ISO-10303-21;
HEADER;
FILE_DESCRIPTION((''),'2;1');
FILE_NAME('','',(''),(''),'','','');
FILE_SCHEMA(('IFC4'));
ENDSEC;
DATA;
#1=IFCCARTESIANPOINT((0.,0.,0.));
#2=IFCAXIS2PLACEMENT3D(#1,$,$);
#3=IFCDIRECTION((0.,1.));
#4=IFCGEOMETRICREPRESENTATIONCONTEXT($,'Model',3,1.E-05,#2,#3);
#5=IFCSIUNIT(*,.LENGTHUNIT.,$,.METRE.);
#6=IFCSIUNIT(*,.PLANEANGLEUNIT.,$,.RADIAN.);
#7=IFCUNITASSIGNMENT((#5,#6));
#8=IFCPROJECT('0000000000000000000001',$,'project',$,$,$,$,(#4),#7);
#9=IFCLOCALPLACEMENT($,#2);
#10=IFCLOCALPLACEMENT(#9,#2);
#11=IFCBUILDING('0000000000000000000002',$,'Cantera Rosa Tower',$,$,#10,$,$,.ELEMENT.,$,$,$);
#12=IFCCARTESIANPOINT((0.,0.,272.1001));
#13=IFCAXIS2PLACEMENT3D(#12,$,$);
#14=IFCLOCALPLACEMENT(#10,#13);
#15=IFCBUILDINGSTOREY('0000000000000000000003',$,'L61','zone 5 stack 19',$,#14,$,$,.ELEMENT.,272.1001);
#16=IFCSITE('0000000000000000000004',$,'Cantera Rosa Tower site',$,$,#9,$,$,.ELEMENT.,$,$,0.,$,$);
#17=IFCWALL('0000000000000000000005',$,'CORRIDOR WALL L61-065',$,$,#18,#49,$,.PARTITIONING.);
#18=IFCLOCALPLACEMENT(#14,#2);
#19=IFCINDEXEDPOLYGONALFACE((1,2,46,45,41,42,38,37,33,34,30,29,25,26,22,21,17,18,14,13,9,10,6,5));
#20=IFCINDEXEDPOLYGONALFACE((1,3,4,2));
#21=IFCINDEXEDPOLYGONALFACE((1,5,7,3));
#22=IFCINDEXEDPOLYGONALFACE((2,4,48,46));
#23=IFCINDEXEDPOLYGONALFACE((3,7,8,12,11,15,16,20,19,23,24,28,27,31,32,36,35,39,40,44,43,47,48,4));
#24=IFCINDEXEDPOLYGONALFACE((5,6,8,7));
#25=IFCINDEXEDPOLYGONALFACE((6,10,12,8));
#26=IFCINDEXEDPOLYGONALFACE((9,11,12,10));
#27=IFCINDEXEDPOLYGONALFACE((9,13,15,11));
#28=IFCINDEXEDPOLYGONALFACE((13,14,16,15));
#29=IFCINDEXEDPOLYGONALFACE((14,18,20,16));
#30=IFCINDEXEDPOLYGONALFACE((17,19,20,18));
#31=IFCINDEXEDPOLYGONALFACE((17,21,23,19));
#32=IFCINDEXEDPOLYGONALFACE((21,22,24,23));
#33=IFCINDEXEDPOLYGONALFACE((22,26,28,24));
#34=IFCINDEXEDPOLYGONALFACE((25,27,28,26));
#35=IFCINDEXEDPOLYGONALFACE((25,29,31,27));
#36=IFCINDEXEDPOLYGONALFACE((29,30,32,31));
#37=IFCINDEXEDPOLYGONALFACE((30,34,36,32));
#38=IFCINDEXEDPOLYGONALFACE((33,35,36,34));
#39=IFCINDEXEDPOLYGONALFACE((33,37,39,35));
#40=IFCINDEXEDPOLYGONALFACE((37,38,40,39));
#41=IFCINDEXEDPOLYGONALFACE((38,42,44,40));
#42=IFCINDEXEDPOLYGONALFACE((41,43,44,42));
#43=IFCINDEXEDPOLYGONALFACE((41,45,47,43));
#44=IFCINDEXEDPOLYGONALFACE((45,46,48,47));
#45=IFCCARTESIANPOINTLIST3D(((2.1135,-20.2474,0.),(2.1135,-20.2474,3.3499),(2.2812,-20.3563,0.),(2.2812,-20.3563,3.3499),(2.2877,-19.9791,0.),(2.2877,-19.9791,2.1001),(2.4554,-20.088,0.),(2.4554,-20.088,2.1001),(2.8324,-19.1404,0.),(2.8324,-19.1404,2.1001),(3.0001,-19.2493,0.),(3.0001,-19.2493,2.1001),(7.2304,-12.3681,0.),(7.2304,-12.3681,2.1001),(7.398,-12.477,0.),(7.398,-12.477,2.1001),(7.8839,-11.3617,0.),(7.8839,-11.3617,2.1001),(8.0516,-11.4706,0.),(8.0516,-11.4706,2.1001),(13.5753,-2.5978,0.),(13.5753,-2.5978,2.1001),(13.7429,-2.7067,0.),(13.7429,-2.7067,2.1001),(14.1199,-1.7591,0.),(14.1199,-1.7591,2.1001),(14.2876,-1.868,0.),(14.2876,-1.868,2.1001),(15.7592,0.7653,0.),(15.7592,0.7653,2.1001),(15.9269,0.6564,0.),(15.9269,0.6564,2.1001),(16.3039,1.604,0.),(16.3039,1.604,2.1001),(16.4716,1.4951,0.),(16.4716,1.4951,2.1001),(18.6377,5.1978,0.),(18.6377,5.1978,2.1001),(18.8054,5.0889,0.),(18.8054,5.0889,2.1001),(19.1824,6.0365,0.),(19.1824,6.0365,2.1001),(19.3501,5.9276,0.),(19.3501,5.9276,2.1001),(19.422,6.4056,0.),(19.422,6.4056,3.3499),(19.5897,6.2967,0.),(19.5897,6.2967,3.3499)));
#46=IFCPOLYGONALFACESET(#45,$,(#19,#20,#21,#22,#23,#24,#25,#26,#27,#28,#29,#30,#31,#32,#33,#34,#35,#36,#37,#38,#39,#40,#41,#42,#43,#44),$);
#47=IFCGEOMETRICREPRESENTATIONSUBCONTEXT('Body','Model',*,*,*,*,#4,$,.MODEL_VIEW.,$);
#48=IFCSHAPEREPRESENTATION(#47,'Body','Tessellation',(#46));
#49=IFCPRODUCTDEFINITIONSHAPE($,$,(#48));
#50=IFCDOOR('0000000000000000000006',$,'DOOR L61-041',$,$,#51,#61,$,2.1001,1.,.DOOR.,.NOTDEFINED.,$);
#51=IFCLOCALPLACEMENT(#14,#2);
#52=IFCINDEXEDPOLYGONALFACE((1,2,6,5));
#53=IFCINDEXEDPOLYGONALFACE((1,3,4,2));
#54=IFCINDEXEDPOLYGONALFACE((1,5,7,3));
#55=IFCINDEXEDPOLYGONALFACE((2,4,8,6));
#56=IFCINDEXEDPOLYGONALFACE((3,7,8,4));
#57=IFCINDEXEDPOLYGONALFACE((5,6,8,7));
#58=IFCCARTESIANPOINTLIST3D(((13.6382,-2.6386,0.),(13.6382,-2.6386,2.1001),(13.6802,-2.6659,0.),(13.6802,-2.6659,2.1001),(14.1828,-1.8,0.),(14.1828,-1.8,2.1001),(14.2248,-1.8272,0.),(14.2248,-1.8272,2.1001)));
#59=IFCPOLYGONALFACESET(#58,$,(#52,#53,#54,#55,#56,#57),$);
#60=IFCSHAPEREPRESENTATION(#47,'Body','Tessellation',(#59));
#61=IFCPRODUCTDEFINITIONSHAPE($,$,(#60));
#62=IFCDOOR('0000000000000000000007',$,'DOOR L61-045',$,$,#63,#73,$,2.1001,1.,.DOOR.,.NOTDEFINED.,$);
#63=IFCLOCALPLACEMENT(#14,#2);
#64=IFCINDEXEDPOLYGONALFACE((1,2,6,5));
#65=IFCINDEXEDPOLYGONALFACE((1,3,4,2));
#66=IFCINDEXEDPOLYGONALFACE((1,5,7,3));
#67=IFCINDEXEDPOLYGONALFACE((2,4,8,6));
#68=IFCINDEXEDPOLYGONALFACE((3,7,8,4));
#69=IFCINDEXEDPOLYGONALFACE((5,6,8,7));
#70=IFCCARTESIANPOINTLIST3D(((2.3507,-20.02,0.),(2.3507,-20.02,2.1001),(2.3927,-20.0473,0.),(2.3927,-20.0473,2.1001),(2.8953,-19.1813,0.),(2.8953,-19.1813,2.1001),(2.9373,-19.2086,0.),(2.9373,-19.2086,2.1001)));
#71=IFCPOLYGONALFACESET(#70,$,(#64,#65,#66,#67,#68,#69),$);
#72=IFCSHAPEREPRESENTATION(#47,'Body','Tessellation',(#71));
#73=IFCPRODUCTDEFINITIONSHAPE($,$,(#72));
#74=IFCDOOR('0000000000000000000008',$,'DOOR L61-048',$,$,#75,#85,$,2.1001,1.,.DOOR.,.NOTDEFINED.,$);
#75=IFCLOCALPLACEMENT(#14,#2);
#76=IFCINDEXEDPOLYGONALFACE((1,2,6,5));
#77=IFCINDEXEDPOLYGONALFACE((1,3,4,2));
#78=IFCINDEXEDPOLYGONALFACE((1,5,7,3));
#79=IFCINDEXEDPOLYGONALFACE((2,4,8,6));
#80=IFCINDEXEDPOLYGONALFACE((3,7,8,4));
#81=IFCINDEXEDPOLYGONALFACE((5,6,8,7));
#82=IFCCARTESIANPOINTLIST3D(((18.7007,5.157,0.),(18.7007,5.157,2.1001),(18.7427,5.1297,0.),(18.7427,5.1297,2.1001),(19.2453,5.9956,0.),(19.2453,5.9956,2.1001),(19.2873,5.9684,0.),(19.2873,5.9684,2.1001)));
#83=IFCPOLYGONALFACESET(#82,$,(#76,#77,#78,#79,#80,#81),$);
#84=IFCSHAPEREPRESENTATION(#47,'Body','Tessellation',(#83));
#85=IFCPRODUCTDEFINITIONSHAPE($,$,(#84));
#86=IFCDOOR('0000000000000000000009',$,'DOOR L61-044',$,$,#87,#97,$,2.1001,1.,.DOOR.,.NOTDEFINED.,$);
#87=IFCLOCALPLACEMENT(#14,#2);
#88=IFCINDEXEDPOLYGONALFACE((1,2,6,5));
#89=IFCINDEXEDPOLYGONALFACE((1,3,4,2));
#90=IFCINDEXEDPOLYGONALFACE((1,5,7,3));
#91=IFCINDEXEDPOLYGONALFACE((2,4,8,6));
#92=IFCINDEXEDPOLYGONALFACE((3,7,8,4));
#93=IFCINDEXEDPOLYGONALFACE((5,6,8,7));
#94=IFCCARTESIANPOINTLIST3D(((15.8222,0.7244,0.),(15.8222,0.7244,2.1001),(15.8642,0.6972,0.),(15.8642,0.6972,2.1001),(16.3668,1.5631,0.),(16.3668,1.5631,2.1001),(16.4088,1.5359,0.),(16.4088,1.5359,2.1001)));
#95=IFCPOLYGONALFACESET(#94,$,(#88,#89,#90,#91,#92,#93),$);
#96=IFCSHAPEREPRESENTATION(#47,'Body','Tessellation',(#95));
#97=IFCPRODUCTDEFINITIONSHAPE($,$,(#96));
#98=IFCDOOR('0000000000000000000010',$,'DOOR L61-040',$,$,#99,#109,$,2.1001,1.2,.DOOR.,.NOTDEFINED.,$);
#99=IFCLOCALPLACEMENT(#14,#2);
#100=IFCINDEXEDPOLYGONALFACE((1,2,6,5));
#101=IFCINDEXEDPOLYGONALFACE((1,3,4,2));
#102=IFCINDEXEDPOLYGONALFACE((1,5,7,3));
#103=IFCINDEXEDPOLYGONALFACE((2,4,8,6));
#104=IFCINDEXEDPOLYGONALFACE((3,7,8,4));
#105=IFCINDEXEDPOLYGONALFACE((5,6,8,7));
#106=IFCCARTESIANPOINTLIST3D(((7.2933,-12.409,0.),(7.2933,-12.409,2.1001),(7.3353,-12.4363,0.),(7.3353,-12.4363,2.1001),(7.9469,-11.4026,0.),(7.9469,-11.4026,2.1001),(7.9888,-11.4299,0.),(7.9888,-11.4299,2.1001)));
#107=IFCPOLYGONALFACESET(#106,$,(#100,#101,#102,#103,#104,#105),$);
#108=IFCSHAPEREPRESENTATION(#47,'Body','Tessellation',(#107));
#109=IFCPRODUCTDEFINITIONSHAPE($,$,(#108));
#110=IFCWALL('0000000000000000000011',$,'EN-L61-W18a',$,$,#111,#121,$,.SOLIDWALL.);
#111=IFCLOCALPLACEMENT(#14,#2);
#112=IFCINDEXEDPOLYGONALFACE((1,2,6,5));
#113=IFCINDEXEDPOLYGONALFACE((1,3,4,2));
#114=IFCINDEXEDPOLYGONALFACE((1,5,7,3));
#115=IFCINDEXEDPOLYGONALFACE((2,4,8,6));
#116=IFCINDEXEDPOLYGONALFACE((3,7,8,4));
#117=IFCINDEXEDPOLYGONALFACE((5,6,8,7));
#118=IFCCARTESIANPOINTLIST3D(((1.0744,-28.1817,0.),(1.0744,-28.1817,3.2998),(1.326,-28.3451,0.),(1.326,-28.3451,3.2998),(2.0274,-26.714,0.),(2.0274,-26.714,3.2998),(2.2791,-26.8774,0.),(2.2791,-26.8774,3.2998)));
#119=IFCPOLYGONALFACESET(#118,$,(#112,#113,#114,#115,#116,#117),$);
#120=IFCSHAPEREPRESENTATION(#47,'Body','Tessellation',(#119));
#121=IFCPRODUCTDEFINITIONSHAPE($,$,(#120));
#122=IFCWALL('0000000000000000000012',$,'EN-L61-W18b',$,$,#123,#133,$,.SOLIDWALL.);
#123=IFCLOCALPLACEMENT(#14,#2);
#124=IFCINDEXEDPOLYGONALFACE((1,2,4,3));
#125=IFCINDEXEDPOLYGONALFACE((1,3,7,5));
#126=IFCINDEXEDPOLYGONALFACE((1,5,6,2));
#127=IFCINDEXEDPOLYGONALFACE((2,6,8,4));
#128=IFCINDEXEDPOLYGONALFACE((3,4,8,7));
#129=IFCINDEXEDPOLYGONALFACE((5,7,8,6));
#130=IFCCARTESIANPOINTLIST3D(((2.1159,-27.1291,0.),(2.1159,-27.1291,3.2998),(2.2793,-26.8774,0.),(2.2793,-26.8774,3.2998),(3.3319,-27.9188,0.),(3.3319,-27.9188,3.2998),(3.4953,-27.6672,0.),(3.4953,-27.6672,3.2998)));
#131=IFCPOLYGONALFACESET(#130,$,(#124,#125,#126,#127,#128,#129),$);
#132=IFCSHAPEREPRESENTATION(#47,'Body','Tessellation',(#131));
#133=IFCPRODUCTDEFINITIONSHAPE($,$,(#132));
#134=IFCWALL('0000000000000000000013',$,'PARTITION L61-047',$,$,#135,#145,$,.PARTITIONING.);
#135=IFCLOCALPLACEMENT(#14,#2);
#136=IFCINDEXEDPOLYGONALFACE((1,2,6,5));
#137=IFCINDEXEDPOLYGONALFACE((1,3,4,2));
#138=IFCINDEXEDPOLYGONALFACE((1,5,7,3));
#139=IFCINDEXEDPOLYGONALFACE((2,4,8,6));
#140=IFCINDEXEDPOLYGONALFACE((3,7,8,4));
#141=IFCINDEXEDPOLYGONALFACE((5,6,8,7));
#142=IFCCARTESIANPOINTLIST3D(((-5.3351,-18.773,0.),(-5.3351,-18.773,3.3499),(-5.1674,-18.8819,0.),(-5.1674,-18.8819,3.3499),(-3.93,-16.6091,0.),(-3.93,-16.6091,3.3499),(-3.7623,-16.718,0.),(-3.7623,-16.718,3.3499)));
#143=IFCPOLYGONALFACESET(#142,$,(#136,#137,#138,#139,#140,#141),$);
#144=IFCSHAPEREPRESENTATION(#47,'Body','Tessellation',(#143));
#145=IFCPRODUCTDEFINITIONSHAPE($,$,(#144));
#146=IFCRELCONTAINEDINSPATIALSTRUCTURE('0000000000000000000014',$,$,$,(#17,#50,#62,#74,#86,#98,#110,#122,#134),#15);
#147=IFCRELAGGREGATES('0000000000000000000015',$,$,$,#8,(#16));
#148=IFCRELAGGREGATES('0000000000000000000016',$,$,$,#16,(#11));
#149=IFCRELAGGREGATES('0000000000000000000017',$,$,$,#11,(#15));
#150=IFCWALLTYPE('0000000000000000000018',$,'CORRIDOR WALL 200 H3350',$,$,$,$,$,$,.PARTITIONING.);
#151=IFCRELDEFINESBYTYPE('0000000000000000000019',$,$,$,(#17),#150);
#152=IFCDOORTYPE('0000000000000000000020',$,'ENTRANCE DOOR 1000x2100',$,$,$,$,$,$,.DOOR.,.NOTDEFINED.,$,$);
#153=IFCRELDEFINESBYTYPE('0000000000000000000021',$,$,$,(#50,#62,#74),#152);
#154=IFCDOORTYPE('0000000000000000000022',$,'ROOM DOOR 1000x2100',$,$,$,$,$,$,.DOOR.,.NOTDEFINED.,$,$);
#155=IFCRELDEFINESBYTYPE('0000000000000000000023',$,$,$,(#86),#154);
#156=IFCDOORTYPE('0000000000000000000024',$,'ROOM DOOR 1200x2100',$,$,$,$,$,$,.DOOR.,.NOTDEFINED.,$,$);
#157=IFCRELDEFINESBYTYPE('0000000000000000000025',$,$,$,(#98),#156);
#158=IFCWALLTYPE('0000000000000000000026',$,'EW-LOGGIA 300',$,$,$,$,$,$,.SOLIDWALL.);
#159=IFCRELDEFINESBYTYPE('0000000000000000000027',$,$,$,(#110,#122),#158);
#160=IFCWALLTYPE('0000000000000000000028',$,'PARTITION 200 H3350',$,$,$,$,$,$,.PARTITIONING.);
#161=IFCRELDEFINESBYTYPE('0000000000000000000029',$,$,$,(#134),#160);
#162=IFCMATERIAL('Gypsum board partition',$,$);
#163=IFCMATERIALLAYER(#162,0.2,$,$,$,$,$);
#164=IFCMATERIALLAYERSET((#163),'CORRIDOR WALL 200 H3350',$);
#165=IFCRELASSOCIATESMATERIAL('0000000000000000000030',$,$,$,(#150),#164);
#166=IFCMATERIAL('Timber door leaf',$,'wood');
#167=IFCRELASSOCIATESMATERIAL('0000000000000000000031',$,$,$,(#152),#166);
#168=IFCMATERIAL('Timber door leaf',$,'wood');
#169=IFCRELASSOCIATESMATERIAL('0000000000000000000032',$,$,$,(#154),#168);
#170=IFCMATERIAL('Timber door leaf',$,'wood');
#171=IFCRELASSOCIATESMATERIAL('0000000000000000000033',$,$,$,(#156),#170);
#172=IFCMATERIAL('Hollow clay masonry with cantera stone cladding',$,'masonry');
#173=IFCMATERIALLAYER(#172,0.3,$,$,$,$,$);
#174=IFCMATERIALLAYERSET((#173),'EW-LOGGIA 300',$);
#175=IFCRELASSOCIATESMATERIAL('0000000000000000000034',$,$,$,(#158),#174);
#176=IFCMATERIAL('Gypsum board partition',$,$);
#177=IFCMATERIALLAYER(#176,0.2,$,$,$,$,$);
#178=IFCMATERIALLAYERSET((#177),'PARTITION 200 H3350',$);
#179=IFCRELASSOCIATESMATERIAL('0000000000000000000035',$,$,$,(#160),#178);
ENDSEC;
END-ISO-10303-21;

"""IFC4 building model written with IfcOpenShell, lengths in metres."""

from ifc_helpers import new_model, si_unit, direction, frame, frame_2d, origin, place, context, subcontext, project, spatial, rectangle, extrude, material, layer, layer_set, type_object, element, fill, save


model = new_model("IFC4")

# Units and contexts
model_context = context("Model", 3, precision=1e-05, world=origin(), true_north=direction((0.0, 1.0)))
body_context = subcontext(model_context, "Body", "Model", "MODEL_VIEW")
ifc_project = project(units=[si_unit("LENGTHUNIT", "METRE"), si_unit("PLANEANGLEUNIT", "RADIAN")], contexts=[model_context])

# Site, building, storey
site_placement = place(None, origin())
site = spatial("IfcSite", under=ifc_project, at=site_placement, Name="Cantera Rosa Tower site", CompositionType="ELEMENT", RefElevation=0.0)
building_placement = place(site_placement, origin())
building = spatial("IfcBuilding", under=site, at=building_placement, Name="Cantera Rosa Tower", CompositionType="ELEMENT")
storey_placement = place(building_placement, frame((0.0, 0.0, 272.1001)))
storey = spatial("IfcBuildingStorey", under=building, at=storey_placement, Name="L61", Description="zone 5 stack 19", CompositionType="ELEMENT", Elevation=272.1001)

# Shared definitions
ifc_material_1 = material(Name="Gypsum board partition")
ifc_layer_1 = layer(ifc_material_1, 0.2)
ifc_layer_set_1 = layer_set([ifc_layer_1], Name="CORRIDOR WALL 200 H3350")
wall_type_1 = type_object("IfcWallType", Name="CORRIDOR WALL 200 H3350", PredefinedType="PARTITIONING", material=ifc_layer_set_1)

# Wall, openings, doors
wall_1_placement = place(storey_placement, frame((2.1973, -20.302, 0.0), z_axis=(0.0, 0.0, 1.0), x_axis=(0.544636, 0.838672, 0.0)))
wall_1 = element("IfcWall", 1, at=wall_1_placement, inside=storey, type_object=wall_type_1, Name="CORRIDOR WALL L61-065", PredefinedType="PARTITIONING", context=body_context, shape_type="SweptSolid", body=[
    extrude(rectangle(XDim=31.78, YDim=0.2, at=frame_2d((15.8901, 0.0))), origin(), (0.0, 0.0, 1.0), 3.3499),
])
opening_1_placement = place(wall_1_placement, frame((9.395, 0.0, 0.0)))
opening_1 = element("IfcOpeningElement", 2, at=opening_1_placement, cuts=wall_1, PredefinedType="OPENING", context=body_context, shape_type="SweptSolid", body=[
    extrude(rectangle(XDim=1.2, YDim=2.1001, at=frame_2d((0.6001, 1.05))), frame((0.0, 0.1099, 0.0), z_axis=(0.0, -1.0, 0.0), x_axis=(1.0, 0.0, 0.0)), (0.0, 0.0, 1.0), 0.22),
])
opening_2_placement = place(wall_1_placement, frame((21.0449, 0.0, 0.0)))
opening_2 = element("IfcOpeningElement", 3, at=opening_2_placement, cuts=wall_1, PredefinedType="OPENING", context=body_context, shape_type="SweptSolid", body=[
    extrude(rectangle(XDim=1.0, YDim=2.1001, at=frame_2d((0.5, 1.05))), frame((0.0, 0.1099, 0.0), z_axis=(0.0, -1.0, 0.0), x_axis=(1.0, 0.0, 0.0)), (0.0, 0.0, 1.0), 0.22),
])
opening_3_placement = place(wall_1_placement, frame((25.0549, 0.0, 0.0)))
opening_3 = element("IfcOpeningElement", 4, at=opening_3_placement, cuts=wall_1, PredefinedType="OPENING", context=body_context, shape_type="SweptSolid", body=[
    extrude(rectangle(XDim=1.0, YDim=2.1001, at=frame_2d((0.5, 1.05))), frame((0.0, 0.1099, 0.0), z_axis=(0.0, -1.0, 0.0), x_axis=(1.0, 0.0, 0.0)), (0.0, 0.0, 1.0), 0.22),
])
opening_4_placement = place(wall_1_placement, frame((0.3201, 0.0, 0.0)))
opening_4 = element("IfcOpeningElement", 5, at=opening_4_placement, cuts=wall_1, PredefinedType="OPENING", context=body_context, shape_type="SweptSolid", body=[
    extrude(rectangle(XDim=1.0, YDim=2.1001, at=frame_2d((0.5, 1.05))), frame((0.0, 0.1099, 0.0), z_axis=(0.0, -1.0, 0.0), x_axis=(1.0, 0.0, 0.0)), (0.0, 0.0, 1.0), 0.22),
])
opening_5_placement = place(wall_1_placement, frame((30.3401, 0.0, 0.0)))
opening_5 = element("IfcOpeningElement", 6, at=opening_5_placement, cuts=wall_1, PredefinedType="OPENING", context=body_context, shape_type="SweptSolid", body=[
    extrude(rectangle(XDim=1.0, YDim=2.1001, at=frame_2d((0.5, 1.05))), frame((0.0, 0.1099, 0.0), z_axis=(0.0, -1.0, 0.0), x_axis=(1.0, 0.0, 0.0)), (0.0, 0.0, 1.0), 0.22),
])
ifc_material_2 = material(Name="Timber door leaf", Category="wood")
door_type_1 = type_object("IfcDoorType", Name="ENTRANCE DOOR 1000x2100", OperationType="NOTDEFINED", PredefinedType="DOOR", material=ifc_material_2)
door_1_placement = place(opening_2_placement, origin())
door_1 = element("IfcDoor", 7, at=door_1_placement, inside=storey, type_object=door_type_1, Name="DOOR L61-041", OperationType="NOTDEFINED", OverallHeight=2.1001, OverallWidth=1.0, PredefinedType="DOOR", context=body_context, shape_type="SweptSolid", body=[
    extrude(rectangle(XDim=1.0, YDim=2.1001, at=frame_2d((0.5, 1.05))), frame((0.0, 0.0249, 0.0), z_axis=(0.0, -1.0, 0.0), x_axis=(1.0, 0.0, 0.0)), (0.0, 0.0, 1.0), 0.05),
])
fill(opening_2, door_1)
door_2_placement = place(opening_4_placement, origin())
door_2 = element("IfcDoor", 8, at=door_2_placement, inside=storey, type_object=door_type_1, Name="DOOR L61-045", OperationType="NOTDEFINED", OverallHeight=2.1001, OverallWidth=1.0, PredefinedType="DOOR", context=body_context, shape_type="SweptSolid", body=[
    extrude(rectangle(XDim=1.0, YDim=2.1001, at=frame_2d((0.5, 1.05))), frame((0.0, 0.0249, 0.0), z_axis=(0.0, -1.0, 0.0), x_axis=(1.0, 0.0, 0.0)), (0.0, 0.0, 1.0), 0.05),
])
fill(opening_4, door_2)
door_3_placement = place(opening_5_placement, origin())
door_3 = element("IfcDoor", 9, at=door_3_placement, inside=storey, type_object=door_type_1, Name="DOOR L61-048", OperationType="NOTDEFINED", OverallHeight=2.1001, OverallWidth=1.0, PredefinedType="DOOR", context=body_context, shape_type="SweptSolid", body=[
    extrude(rectangle(XDim=1.0, YDim=2.1001, at=frame_2d((0.5, 1.05))), frame((0.0, 0.0249, 0.0), z_axis=(0.0, -1.0, 0.0), x_axis=(1.0, 0.0, 0.0)), (0.0, 0.0, 1.0), 0.05),
])
fill(opening_5, door_3)
ifc_material_3 = material(Name="Timber door leaf", Category="wood")
door_type_2 = type_object("IfcDoorType", Name="ROOM DOOR 1000x2100", OperationType="NOTDEFINED", PredefinedType="DOOR", material=ifc_material_3)
door_4_placement = place(opening_3_placement, origin())
door_4 = element("IfcDoor", 10, at=door_4_placement, inside=storey, type_object=door_type_2, Name="DOOR L61-044", OperationType="NOTDEFINED", OverallHeight=2.1001, OverallWidth=1.0, PredefinedType="DOOR", context=body_context, shape_type="SweptSolid", body=[
    extrude(rectangle(XDim=1.0, YDim=2.1001, at=frame_2d((0.5, 1.05))), frame((0.0, 0.0249, 0.0), z_axis=(0.0, -1.0, 0.0), x_axis=(1.0, 0.0, 0.0)), (0.0, 0.0, 1.0), 0.05),
])
fill(opening_3, door_4)
ifc_material_4 = material(Name="Timber door leaf", Category="wood")
door_type_3 = type_object("IfcDoorType", Name="ROOM DOOR 1200x2100", OperationType="NOTDEFINED", PredefinedType="DOOR", material=ifc_material_4)
door_5_placement = place(opening_1_placement, origin())
door_5 = element("IfcDoor", 11, at=door_5_placement, inside=storey, type_object=door_type_3, Name="DOOR L61-040", OperationType="NOTDEFINED", OverallHeight=2.1001, OverallWidth=1.2, PredefinedType="DOOR", context=body_context, shape_type="SweptSolid", body=[
    extrude(rectangle(XDim=1.2, YDim=2.1001, at=frame_2d((0.6001, 1.05))), frame((0.0, 0.0249, 0.0), z_axis=(0.0, -1.0, 0.0), x_axis=(1.0, 0.0, 0.0)), (0.0, 0.0, 1.0), 0.05),
])
fill(opening_1, door_5)

# Walls
ifc_material_5 = material(Name="Hollow clay masonry with cantera stone cladding", Category="masonry")
ifc_layer_2 = layer(ifc_material_5, 0.3)
ifc_layer_set_2 = layer_set([ifc_layer_2], Name="EW-LOGGIA 300")
wall_type_2 = type_object("IfcWallType", Name="EW-LOGGIA 300", PredefinedType="SOLIDWALL", material=ifc_layer_set_2)
wall_2_placement = place(storey_placement, frame((1.2002, -28.2634, 0.0), z_axis=(0.0, 0.0, 1.0), x_axis=(0.544616, 0.838686, 0.0)))
element("IfcWall", 12, at=wall_2_placement, inside=storey, type_object=wall_type_2, Name="EN-L61-W18a", PredefinedType="SOLIDWALL", context=body_context, shape_type="SweptSolid", body=[
    extrude(rectangle(XDim=1.75, YDim=0.3, at=frame_2d((0.875, 0.0))), origin(), (0.0, 0.0, 1.0), 3.2998),
])
wall_3_placement = place(storey_placement, frame((2.1975, -27.0032, 0.0), z_axis=(0.0, 0.0, 1.0), x_axis=(0.838647, -0.544675, 0.0)))
element("IfcWall", 13, at=wall_3_placement, inside=storey, type_object=wall_type_2, Name="EN-L61-W18b", PredefinedType="SOLIDWALL", context=body_context, shape_type="SweptSolid", body=[
    extrude(rectangle(XDim=1.45, YDim=0.3, at=frame_2d((0.7251, 0.0))), origin(), (0.0, 0.0, 1.0), 3.2998),
])
ifc_material_6 = material(Name="Gypsum board partition")
ifc_layer_3 = layer(ifc_material_6, 0.2)
ifc_layer_set_3 = layer_set([ifc_layer_3], Name="PARTITION 200 H3350")
wall_type_3 = type_object("IfcWallType", Name="PARTITION 200 H3350", PredefinedType="PARTITIONING", material=ifc_layer_set_3)
wall_4_placement = place(storey_placement, frame((-3.8462, -16.6636, 0.0), z_axis=(0.0, 0.0, 1.0), x_axis=(-0.544592, -0.838701, 0.0)))
element("IfcWall", 14, at=wall_4_placement, inside=storey, type_object=wall_type_3, Name="PARTITION L61-047", PredefinedType="PARTITIONING", context=body_context, shape_type="SweptSolid", body=[
    extrude(rectangle(XDim=2.5801, YDim=0.2, at=frame_2d((1.29, 0.0))), origin(), (0.0, 0.0, 1.0), 3.3499),
])

save(model, "model.ifc")
